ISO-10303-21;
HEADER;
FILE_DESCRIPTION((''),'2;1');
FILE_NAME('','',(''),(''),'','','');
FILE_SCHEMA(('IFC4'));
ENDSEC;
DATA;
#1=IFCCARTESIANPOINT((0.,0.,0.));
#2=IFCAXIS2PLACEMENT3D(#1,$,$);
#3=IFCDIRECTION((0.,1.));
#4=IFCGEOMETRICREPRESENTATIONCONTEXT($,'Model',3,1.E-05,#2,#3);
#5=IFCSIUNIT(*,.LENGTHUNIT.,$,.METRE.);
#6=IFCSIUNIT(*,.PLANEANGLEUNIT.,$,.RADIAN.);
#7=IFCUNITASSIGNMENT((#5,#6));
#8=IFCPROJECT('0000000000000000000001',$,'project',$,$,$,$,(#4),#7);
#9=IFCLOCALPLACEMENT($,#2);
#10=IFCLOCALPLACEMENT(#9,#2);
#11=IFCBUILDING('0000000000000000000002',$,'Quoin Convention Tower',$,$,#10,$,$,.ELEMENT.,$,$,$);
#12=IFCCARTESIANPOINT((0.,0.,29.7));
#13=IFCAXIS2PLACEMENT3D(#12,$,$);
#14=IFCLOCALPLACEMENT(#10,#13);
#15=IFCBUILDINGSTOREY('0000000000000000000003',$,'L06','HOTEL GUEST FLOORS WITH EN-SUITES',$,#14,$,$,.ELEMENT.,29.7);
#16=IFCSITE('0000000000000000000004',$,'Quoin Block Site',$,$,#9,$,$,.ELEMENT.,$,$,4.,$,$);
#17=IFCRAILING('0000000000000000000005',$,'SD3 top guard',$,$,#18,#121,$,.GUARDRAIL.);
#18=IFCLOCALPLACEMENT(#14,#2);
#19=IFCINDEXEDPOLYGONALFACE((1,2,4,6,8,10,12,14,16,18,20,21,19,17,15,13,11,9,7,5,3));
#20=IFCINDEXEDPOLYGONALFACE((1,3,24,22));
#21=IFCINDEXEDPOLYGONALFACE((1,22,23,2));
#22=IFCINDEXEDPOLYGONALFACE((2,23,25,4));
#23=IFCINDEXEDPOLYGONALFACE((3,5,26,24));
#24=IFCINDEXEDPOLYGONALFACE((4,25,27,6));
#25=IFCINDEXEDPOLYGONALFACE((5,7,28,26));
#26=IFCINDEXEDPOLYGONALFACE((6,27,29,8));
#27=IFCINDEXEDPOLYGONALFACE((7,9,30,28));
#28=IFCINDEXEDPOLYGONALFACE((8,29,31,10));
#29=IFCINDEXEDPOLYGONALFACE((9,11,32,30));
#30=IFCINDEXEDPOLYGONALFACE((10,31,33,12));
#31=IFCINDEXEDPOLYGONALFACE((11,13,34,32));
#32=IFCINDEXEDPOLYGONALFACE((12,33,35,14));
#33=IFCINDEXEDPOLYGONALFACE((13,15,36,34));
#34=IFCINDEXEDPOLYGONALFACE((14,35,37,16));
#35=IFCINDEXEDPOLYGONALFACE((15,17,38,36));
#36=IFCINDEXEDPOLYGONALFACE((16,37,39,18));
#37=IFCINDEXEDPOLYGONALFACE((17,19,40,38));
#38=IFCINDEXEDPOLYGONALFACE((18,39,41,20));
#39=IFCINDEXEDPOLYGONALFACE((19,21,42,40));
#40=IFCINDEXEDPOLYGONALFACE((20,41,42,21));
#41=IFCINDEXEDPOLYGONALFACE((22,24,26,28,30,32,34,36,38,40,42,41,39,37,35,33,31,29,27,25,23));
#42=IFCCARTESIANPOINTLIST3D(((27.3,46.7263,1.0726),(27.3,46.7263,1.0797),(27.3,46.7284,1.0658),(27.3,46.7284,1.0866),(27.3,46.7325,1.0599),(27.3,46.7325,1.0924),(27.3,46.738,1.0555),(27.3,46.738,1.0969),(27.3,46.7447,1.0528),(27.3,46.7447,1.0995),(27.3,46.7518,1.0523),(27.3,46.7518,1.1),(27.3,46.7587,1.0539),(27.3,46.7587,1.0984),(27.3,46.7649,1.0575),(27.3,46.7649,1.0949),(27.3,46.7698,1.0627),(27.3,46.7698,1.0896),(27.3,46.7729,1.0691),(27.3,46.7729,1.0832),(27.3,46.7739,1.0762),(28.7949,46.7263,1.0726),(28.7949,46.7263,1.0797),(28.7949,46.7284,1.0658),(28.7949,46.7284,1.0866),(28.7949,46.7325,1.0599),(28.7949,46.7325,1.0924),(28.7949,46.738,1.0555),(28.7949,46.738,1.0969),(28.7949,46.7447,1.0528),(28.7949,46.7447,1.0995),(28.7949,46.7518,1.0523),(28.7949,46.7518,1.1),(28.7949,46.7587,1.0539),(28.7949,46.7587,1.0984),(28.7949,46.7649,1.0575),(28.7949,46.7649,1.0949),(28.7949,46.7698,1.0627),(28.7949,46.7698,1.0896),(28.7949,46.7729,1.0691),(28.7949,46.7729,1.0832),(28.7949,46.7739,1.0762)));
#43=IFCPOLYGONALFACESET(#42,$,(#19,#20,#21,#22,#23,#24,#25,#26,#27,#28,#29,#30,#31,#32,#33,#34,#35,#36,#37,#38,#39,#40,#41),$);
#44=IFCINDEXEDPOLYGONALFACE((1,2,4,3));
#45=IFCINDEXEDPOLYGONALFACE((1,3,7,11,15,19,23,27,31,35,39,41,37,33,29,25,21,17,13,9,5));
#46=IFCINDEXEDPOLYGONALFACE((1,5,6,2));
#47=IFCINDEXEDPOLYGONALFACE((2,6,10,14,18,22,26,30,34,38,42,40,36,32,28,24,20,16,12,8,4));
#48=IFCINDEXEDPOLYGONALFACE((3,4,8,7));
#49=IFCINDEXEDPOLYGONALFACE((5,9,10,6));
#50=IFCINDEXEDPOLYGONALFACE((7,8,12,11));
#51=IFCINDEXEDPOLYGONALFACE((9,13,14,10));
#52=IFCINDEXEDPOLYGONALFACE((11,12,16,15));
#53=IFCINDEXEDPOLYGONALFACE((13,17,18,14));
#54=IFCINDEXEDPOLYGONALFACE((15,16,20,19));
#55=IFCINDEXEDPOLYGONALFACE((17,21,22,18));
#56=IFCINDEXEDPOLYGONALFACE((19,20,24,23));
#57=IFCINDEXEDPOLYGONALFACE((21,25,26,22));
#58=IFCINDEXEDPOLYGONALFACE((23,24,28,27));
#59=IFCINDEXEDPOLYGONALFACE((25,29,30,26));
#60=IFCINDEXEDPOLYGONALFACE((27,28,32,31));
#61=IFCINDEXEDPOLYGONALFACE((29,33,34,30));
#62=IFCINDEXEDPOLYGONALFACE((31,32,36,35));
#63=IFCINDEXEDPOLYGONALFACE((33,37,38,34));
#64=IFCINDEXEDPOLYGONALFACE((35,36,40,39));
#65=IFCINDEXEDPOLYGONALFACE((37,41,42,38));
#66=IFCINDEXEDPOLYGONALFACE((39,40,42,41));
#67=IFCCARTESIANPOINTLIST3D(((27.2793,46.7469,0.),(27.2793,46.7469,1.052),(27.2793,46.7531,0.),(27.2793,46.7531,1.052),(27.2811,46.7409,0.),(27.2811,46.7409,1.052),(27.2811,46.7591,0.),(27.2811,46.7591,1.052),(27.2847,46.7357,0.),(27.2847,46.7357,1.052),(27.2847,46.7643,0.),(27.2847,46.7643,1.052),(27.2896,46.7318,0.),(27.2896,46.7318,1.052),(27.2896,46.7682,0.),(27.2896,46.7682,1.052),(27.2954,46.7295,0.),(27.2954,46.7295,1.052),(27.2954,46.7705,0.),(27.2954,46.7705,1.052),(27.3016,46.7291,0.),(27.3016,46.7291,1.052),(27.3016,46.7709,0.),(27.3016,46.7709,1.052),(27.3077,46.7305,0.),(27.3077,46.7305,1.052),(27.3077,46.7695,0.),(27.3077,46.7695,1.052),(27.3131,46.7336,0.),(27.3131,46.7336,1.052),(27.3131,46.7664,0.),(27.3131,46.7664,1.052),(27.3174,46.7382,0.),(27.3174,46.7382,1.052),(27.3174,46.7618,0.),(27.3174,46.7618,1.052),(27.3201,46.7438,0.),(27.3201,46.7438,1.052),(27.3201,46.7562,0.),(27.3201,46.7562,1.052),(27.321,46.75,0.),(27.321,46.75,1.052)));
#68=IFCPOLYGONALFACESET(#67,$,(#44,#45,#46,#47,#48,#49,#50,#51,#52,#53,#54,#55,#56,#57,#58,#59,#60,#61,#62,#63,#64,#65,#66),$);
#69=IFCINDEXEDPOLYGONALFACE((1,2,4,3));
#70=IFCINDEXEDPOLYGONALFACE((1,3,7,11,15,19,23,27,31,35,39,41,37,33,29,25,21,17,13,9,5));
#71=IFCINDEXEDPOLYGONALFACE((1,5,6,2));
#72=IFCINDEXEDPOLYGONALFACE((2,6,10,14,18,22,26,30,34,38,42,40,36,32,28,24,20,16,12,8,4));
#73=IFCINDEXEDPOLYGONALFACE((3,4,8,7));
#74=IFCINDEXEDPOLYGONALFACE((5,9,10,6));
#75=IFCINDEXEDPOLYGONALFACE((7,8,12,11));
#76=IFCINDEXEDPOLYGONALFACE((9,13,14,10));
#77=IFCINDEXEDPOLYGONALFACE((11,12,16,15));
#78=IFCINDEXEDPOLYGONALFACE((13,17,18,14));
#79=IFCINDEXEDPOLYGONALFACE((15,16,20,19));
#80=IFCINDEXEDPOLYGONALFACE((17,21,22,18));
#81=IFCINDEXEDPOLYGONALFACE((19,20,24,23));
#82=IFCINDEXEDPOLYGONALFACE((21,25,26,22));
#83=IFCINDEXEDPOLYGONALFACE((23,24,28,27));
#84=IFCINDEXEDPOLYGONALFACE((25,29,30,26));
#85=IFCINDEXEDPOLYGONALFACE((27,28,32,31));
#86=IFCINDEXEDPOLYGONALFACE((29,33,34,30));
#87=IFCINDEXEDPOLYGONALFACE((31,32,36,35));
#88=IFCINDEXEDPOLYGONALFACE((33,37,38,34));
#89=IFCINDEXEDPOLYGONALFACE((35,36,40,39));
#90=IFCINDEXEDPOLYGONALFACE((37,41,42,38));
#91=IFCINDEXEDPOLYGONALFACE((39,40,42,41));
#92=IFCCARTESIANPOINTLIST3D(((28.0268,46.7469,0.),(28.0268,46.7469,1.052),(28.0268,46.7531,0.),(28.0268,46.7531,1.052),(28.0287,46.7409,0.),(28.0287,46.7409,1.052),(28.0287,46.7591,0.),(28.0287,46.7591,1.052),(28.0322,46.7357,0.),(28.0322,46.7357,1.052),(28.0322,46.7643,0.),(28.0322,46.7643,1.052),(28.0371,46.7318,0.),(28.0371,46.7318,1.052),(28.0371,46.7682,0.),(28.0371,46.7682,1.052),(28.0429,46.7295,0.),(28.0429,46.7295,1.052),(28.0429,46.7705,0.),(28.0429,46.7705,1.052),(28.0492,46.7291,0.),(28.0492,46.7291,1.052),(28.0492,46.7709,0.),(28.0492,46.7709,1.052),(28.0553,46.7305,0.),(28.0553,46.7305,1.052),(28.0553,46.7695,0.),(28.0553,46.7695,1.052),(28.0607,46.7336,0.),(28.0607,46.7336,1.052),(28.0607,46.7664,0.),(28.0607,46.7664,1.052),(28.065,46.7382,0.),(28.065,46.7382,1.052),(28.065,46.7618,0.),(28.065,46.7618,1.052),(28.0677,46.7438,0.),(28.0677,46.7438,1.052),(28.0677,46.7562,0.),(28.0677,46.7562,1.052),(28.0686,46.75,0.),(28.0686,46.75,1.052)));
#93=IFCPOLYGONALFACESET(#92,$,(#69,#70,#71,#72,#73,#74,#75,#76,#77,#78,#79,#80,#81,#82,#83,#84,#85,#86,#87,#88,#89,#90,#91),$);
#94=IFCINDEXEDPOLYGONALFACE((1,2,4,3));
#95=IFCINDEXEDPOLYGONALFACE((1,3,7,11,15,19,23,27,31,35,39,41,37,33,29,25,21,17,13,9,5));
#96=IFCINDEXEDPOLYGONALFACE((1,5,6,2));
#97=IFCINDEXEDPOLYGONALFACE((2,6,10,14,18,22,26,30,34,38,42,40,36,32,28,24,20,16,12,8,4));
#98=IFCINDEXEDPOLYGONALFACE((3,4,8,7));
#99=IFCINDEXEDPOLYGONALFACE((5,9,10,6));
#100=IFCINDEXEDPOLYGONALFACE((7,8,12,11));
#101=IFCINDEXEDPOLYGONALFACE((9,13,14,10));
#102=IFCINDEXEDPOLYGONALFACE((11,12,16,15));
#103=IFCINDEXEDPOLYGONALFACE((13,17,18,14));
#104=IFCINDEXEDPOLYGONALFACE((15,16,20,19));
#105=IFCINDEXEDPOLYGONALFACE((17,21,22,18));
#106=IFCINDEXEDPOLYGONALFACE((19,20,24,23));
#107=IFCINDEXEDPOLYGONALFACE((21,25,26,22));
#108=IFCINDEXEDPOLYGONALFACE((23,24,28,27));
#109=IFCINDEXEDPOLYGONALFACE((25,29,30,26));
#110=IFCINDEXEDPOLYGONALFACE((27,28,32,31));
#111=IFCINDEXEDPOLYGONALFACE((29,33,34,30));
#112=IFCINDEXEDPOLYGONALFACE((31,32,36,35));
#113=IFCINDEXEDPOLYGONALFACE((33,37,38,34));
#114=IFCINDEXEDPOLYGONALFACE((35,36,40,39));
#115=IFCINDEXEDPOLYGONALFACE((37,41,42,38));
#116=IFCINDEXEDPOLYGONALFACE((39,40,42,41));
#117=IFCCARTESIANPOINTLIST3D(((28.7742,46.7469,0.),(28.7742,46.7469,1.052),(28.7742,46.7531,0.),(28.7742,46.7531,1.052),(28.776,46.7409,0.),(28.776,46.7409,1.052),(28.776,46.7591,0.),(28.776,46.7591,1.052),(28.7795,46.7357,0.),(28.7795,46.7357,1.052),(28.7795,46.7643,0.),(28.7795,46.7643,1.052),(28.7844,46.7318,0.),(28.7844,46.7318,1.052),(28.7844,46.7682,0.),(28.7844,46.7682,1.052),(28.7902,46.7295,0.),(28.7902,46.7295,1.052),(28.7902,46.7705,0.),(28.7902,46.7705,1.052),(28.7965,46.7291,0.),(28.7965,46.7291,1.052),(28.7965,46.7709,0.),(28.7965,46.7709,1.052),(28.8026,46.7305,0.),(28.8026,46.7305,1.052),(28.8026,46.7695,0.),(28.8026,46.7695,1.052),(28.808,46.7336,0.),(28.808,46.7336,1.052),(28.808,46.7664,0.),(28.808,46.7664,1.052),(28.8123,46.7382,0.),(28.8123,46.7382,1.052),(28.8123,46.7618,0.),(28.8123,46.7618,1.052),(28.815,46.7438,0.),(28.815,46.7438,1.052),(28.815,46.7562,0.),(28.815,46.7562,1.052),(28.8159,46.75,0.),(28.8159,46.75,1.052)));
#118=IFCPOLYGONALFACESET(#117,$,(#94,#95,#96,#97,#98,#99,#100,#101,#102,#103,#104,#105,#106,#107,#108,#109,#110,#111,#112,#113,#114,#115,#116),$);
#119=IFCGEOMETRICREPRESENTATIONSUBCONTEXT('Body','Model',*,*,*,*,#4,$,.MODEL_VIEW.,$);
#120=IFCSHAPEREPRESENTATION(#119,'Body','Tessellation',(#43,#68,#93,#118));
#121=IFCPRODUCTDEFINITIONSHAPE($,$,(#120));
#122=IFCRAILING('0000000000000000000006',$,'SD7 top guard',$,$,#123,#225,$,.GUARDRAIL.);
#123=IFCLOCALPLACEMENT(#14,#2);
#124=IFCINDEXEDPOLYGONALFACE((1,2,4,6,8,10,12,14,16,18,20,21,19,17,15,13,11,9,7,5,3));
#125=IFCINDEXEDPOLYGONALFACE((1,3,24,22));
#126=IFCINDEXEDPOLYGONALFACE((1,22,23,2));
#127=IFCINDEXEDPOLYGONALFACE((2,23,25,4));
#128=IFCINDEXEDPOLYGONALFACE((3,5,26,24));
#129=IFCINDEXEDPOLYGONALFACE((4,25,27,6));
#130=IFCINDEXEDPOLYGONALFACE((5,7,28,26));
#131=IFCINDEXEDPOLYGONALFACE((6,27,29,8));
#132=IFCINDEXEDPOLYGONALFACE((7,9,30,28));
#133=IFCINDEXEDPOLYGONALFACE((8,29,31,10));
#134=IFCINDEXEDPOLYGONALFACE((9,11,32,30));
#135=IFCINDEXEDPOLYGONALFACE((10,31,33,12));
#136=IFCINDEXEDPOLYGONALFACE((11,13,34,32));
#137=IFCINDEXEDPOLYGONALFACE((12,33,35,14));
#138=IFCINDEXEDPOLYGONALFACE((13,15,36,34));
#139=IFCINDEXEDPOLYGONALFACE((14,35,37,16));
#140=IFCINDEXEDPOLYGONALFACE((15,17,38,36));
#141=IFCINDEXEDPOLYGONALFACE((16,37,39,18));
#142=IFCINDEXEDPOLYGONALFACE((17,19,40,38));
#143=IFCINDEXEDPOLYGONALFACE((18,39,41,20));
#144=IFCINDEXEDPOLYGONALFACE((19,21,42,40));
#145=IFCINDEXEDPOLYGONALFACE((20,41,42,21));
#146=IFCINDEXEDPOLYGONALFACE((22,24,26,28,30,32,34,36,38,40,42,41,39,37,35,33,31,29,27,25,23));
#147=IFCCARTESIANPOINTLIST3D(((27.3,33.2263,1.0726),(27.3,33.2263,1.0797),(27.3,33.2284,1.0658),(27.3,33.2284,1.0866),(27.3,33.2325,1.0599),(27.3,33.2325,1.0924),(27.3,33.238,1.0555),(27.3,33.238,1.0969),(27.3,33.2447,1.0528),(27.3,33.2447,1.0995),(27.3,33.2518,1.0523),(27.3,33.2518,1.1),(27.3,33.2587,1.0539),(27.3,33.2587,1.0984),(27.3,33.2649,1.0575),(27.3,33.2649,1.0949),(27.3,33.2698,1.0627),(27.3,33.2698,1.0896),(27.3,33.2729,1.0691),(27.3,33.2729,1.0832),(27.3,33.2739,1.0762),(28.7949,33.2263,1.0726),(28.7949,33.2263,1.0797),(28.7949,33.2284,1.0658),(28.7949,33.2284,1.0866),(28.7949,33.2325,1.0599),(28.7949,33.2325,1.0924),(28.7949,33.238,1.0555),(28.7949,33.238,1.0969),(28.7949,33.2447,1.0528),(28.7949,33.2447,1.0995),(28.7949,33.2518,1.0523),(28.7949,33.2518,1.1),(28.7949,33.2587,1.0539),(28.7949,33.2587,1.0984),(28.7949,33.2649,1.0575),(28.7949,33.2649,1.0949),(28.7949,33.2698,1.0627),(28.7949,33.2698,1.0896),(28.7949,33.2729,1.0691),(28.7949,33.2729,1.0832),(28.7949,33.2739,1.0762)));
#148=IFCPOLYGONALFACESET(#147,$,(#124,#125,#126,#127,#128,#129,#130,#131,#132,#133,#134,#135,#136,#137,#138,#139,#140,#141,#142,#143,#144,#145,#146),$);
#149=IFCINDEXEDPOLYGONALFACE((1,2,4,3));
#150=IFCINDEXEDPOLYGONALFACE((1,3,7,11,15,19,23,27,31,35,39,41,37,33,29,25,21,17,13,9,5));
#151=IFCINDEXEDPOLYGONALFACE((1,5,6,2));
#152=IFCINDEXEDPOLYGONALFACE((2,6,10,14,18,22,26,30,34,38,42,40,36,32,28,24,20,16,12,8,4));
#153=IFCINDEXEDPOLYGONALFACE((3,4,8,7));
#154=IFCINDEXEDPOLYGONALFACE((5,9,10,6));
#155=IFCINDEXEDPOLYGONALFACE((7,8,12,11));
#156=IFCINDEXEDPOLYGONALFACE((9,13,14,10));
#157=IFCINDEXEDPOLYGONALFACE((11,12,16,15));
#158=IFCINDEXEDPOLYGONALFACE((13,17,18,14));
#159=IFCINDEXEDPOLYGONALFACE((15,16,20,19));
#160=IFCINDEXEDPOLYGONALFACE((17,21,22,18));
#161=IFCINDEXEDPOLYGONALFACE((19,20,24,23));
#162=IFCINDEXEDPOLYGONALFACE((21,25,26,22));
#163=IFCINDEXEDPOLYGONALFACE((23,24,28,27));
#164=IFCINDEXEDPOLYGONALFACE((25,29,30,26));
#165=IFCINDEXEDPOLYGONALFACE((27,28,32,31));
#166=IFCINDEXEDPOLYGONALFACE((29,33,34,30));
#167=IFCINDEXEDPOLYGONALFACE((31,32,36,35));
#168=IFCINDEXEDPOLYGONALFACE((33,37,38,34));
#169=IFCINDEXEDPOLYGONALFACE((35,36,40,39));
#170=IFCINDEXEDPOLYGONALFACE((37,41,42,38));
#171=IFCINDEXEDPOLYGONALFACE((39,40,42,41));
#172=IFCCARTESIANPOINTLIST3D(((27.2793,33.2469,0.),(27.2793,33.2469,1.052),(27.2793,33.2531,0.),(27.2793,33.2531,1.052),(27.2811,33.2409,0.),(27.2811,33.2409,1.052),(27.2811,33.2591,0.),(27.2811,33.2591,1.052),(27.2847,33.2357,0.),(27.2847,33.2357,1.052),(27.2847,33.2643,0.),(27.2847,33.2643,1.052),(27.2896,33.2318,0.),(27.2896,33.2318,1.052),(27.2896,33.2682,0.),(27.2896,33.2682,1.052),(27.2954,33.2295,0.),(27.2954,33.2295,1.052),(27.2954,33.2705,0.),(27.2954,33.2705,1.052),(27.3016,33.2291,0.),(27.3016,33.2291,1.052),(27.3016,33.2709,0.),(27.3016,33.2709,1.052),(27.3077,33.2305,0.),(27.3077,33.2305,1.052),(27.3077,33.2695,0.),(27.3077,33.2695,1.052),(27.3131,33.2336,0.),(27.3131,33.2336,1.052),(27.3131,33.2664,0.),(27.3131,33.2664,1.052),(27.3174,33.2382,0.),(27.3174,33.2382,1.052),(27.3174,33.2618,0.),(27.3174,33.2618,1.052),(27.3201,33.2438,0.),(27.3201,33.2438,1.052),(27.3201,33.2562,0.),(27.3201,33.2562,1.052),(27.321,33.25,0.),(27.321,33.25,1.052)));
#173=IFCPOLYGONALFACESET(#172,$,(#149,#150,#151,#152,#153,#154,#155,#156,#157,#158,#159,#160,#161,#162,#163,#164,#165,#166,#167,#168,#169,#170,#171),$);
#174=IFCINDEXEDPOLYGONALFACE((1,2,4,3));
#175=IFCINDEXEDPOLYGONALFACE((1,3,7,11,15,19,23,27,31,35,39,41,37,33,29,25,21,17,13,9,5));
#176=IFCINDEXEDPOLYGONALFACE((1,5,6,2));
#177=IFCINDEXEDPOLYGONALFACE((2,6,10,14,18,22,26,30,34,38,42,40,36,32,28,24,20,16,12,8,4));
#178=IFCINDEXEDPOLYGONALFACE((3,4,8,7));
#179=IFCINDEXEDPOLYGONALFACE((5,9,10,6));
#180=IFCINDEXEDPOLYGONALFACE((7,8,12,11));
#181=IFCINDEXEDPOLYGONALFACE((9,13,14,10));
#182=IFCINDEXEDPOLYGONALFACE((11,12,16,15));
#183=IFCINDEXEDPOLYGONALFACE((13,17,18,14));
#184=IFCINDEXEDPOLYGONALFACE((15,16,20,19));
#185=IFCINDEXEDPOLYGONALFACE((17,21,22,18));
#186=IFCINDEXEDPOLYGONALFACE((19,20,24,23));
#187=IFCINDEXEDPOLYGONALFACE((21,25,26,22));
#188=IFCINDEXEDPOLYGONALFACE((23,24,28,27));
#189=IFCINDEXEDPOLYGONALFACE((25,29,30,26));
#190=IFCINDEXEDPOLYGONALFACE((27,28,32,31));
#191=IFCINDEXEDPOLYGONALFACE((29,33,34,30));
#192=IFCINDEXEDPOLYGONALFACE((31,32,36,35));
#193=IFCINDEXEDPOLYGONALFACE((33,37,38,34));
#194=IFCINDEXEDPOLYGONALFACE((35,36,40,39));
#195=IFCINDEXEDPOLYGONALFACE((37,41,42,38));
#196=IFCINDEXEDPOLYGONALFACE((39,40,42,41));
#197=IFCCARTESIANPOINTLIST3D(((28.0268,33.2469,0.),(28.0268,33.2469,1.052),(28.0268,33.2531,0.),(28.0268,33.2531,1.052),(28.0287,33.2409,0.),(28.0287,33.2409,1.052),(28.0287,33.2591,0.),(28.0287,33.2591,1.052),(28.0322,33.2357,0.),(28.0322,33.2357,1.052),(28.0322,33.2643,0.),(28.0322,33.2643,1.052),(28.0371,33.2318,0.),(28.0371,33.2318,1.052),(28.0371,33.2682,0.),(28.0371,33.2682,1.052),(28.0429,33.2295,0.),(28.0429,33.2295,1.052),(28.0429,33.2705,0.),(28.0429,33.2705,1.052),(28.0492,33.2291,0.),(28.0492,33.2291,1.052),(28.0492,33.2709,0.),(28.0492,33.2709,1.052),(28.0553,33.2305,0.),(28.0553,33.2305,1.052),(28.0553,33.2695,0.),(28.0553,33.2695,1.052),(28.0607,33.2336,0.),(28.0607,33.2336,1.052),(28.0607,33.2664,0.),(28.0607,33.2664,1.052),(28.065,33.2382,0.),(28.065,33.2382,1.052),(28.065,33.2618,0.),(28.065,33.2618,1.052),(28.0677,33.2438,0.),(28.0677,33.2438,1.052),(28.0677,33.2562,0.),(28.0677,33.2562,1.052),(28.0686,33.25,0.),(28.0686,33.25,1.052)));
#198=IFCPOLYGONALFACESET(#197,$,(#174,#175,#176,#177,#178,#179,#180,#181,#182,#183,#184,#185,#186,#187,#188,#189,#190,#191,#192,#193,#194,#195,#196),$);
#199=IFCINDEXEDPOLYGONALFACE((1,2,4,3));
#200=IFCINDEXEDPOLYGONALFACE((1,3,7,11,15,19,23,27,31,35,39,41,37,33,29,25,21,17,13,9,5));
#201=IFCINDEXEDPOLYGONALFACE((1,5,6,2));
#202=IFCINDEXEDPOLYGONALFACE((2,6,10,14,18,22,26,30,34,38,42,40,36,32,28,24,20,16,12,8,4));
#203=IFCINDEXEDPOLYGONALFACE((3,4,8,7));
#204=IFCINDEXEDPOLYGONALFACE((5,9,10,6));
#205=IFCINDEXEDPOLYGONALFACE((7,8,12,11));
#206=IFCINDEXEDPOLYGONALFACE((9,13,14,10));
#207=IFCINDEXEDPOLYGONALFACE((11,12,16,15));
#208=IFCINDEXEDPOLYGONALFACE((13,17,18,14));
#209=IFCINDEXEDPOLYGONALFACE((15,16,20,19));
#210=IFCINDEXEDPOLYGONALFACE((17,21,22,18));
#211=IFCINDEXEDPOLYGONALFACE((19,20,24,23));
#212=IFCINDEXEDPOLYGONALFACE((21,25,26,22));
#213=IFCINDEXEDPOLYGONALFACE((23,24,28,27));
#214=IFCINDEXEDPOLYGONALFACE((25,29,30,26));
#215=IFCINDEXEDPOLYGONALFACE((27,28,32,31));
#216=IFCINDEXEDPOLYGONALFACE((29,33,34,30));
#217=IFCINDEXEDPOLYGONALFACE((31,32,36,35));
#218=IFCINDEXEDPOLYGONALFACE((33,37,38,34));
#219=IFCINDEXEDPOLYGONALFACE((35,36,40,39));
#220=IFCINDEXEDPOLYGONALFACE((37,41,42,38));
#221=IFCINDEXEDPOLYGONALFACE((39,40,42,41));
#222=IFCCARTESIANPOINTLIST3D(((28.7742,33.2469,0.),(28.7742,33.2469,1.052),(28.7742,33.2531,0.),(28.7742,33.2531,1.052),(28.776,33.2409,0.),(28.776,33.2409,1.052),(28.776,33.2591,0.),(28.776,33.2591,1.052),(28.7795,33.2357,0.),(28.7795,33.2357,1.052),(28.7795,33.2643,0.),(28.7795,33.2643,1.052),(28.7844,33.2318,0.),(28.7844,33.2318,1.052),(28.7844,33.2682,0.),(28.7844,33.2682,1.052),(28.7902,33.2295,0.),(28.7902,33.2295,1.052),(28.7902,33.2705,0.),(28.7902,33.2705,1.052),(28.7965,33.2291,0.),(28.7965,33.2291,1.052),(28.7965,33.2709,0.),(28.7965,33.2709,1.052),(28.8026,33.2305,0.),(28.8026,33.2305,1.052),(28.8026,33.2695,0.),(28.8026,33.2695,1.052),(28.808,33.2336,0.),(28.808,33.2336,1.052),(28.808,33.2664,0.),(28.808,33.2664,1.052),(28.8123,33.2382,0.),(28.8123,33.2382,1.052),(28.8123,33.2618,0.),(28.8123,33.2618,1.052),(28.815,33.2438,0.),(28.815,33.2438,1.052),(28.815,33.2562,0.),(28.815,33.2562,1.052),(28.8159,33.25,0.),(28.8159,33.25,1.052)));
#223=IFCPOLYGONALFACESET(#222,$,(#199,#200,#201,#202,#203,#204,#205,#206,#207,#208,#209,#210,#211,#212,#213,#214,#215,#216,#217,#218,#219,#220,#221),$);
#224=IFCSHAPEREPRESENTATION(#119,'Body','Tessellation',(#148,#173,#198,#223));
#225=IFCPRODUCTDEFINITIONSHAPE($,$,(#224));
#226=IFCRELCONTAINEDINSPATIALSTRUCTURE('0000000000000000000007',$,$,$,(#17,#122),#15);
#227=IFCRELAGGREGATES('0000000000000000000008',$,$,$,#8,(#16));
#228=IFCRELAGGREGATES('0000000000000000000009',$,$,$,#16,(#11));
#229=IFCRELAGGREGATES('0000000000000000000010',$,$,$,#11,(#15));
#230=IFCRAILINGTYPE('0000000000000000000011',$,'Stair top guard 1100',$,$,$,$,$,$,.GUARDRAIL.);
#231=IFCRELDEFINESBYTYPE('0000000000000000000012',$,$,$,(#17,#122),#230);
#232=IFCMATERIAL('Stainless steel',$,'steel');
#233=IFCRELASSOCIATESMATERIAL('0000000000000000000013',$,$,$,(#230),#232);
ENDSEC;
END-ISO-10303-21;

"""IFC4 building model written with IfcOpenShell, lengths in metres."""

from ifc_helpers import new_model, si_unit, direction, frame, origin, origin_2d, place, context, subcontext, project, spatial, circle, extrude, material, type_object, element, save


model = new_model("IFC4")

# Units and contexts
model_context = context("Model", 3, precision=1e-05, world=origin(), true_north=direction((0.0, 1.0)))
body_context = subcontext(model_context, "Body", "Model", "MODEL_VIEW")
ifc_project = project(units=[si_unit("LENGTHUNIT", "METRE"), si_unit("PLANEANGLEUNIT", "RADIAN")], contexts=[model_context])

# Site, building, storey
site_placement = place(None, origin())
site = spatial("IfcSite", under=ifc_project, at=site_placement, Name="Quoin Block Site", CompositionType="ELEMENT", RefElevation=4.0)
building_placement = place(site_placement, origin())
building = spatial("IfcBuilding", under=site, at=building_placement, Name="Quoin Convention Tower", CompositionType="ELEMENT")
storey_placement = place(building_placement, frame((0.0, 0.0, 29.7)))
storey = spatial("IfcBuildingStorey", under=building, at=storey_placement, Name="L06", Description="HOTEL GUEST FLOORS WITH EN-SUITES", CompositionType="ELEMENT", Elevation=29.7)

# Railings
ifc_material_1 = material(Name="Stainless steel", Category="steel")
railing_type_1 = type_object("IfcRailingType", Name="Stair top guard 1100", PredefinedType="GUARDRAIL", material=ifc_material_1)
for number, where, name in (
    (1, (27.3, 46.75, 0.0), "SD3 top guard"),
    (2, (27.3, 33.25, 0.0), "SD7 top guard"),
):
    element("IfcRailing", number, at=place(storey_placement, frame(where)), inside=storey, type_object=railing_type_1, Name=name, PredefinedType="GUARDRAIL", context=body_context, shape_type="SweptSolid", body=[
        extrude(circle(Radius=0.0239, at=origin_2d()), frame((0.0, 0.0, 1.0762), z_axis=(1.0, 0.0, 0.0), x_axis=(0.0, 1.0, 0.0)), (0.0, 0.0, 1.0), 1.4949),
        extrude(circle(Radius=0.021, at=origin_2d()), origin(), (0.0, 0.0, 1.0), 1.052),
        extrude(circle(Radius=0.021, at=origin_2d()), frame((0.7476, 0.0, 0.0)), (0.0, 0.0, 1.0), 1.052),
        extrude(circle(Radius=0.021, at=origin_2d()), frame((1.4949, 0.0, 0.0)), (0.0, 0.0, 1.0), 1.052),
    ])

save(model, "model.ifc")
